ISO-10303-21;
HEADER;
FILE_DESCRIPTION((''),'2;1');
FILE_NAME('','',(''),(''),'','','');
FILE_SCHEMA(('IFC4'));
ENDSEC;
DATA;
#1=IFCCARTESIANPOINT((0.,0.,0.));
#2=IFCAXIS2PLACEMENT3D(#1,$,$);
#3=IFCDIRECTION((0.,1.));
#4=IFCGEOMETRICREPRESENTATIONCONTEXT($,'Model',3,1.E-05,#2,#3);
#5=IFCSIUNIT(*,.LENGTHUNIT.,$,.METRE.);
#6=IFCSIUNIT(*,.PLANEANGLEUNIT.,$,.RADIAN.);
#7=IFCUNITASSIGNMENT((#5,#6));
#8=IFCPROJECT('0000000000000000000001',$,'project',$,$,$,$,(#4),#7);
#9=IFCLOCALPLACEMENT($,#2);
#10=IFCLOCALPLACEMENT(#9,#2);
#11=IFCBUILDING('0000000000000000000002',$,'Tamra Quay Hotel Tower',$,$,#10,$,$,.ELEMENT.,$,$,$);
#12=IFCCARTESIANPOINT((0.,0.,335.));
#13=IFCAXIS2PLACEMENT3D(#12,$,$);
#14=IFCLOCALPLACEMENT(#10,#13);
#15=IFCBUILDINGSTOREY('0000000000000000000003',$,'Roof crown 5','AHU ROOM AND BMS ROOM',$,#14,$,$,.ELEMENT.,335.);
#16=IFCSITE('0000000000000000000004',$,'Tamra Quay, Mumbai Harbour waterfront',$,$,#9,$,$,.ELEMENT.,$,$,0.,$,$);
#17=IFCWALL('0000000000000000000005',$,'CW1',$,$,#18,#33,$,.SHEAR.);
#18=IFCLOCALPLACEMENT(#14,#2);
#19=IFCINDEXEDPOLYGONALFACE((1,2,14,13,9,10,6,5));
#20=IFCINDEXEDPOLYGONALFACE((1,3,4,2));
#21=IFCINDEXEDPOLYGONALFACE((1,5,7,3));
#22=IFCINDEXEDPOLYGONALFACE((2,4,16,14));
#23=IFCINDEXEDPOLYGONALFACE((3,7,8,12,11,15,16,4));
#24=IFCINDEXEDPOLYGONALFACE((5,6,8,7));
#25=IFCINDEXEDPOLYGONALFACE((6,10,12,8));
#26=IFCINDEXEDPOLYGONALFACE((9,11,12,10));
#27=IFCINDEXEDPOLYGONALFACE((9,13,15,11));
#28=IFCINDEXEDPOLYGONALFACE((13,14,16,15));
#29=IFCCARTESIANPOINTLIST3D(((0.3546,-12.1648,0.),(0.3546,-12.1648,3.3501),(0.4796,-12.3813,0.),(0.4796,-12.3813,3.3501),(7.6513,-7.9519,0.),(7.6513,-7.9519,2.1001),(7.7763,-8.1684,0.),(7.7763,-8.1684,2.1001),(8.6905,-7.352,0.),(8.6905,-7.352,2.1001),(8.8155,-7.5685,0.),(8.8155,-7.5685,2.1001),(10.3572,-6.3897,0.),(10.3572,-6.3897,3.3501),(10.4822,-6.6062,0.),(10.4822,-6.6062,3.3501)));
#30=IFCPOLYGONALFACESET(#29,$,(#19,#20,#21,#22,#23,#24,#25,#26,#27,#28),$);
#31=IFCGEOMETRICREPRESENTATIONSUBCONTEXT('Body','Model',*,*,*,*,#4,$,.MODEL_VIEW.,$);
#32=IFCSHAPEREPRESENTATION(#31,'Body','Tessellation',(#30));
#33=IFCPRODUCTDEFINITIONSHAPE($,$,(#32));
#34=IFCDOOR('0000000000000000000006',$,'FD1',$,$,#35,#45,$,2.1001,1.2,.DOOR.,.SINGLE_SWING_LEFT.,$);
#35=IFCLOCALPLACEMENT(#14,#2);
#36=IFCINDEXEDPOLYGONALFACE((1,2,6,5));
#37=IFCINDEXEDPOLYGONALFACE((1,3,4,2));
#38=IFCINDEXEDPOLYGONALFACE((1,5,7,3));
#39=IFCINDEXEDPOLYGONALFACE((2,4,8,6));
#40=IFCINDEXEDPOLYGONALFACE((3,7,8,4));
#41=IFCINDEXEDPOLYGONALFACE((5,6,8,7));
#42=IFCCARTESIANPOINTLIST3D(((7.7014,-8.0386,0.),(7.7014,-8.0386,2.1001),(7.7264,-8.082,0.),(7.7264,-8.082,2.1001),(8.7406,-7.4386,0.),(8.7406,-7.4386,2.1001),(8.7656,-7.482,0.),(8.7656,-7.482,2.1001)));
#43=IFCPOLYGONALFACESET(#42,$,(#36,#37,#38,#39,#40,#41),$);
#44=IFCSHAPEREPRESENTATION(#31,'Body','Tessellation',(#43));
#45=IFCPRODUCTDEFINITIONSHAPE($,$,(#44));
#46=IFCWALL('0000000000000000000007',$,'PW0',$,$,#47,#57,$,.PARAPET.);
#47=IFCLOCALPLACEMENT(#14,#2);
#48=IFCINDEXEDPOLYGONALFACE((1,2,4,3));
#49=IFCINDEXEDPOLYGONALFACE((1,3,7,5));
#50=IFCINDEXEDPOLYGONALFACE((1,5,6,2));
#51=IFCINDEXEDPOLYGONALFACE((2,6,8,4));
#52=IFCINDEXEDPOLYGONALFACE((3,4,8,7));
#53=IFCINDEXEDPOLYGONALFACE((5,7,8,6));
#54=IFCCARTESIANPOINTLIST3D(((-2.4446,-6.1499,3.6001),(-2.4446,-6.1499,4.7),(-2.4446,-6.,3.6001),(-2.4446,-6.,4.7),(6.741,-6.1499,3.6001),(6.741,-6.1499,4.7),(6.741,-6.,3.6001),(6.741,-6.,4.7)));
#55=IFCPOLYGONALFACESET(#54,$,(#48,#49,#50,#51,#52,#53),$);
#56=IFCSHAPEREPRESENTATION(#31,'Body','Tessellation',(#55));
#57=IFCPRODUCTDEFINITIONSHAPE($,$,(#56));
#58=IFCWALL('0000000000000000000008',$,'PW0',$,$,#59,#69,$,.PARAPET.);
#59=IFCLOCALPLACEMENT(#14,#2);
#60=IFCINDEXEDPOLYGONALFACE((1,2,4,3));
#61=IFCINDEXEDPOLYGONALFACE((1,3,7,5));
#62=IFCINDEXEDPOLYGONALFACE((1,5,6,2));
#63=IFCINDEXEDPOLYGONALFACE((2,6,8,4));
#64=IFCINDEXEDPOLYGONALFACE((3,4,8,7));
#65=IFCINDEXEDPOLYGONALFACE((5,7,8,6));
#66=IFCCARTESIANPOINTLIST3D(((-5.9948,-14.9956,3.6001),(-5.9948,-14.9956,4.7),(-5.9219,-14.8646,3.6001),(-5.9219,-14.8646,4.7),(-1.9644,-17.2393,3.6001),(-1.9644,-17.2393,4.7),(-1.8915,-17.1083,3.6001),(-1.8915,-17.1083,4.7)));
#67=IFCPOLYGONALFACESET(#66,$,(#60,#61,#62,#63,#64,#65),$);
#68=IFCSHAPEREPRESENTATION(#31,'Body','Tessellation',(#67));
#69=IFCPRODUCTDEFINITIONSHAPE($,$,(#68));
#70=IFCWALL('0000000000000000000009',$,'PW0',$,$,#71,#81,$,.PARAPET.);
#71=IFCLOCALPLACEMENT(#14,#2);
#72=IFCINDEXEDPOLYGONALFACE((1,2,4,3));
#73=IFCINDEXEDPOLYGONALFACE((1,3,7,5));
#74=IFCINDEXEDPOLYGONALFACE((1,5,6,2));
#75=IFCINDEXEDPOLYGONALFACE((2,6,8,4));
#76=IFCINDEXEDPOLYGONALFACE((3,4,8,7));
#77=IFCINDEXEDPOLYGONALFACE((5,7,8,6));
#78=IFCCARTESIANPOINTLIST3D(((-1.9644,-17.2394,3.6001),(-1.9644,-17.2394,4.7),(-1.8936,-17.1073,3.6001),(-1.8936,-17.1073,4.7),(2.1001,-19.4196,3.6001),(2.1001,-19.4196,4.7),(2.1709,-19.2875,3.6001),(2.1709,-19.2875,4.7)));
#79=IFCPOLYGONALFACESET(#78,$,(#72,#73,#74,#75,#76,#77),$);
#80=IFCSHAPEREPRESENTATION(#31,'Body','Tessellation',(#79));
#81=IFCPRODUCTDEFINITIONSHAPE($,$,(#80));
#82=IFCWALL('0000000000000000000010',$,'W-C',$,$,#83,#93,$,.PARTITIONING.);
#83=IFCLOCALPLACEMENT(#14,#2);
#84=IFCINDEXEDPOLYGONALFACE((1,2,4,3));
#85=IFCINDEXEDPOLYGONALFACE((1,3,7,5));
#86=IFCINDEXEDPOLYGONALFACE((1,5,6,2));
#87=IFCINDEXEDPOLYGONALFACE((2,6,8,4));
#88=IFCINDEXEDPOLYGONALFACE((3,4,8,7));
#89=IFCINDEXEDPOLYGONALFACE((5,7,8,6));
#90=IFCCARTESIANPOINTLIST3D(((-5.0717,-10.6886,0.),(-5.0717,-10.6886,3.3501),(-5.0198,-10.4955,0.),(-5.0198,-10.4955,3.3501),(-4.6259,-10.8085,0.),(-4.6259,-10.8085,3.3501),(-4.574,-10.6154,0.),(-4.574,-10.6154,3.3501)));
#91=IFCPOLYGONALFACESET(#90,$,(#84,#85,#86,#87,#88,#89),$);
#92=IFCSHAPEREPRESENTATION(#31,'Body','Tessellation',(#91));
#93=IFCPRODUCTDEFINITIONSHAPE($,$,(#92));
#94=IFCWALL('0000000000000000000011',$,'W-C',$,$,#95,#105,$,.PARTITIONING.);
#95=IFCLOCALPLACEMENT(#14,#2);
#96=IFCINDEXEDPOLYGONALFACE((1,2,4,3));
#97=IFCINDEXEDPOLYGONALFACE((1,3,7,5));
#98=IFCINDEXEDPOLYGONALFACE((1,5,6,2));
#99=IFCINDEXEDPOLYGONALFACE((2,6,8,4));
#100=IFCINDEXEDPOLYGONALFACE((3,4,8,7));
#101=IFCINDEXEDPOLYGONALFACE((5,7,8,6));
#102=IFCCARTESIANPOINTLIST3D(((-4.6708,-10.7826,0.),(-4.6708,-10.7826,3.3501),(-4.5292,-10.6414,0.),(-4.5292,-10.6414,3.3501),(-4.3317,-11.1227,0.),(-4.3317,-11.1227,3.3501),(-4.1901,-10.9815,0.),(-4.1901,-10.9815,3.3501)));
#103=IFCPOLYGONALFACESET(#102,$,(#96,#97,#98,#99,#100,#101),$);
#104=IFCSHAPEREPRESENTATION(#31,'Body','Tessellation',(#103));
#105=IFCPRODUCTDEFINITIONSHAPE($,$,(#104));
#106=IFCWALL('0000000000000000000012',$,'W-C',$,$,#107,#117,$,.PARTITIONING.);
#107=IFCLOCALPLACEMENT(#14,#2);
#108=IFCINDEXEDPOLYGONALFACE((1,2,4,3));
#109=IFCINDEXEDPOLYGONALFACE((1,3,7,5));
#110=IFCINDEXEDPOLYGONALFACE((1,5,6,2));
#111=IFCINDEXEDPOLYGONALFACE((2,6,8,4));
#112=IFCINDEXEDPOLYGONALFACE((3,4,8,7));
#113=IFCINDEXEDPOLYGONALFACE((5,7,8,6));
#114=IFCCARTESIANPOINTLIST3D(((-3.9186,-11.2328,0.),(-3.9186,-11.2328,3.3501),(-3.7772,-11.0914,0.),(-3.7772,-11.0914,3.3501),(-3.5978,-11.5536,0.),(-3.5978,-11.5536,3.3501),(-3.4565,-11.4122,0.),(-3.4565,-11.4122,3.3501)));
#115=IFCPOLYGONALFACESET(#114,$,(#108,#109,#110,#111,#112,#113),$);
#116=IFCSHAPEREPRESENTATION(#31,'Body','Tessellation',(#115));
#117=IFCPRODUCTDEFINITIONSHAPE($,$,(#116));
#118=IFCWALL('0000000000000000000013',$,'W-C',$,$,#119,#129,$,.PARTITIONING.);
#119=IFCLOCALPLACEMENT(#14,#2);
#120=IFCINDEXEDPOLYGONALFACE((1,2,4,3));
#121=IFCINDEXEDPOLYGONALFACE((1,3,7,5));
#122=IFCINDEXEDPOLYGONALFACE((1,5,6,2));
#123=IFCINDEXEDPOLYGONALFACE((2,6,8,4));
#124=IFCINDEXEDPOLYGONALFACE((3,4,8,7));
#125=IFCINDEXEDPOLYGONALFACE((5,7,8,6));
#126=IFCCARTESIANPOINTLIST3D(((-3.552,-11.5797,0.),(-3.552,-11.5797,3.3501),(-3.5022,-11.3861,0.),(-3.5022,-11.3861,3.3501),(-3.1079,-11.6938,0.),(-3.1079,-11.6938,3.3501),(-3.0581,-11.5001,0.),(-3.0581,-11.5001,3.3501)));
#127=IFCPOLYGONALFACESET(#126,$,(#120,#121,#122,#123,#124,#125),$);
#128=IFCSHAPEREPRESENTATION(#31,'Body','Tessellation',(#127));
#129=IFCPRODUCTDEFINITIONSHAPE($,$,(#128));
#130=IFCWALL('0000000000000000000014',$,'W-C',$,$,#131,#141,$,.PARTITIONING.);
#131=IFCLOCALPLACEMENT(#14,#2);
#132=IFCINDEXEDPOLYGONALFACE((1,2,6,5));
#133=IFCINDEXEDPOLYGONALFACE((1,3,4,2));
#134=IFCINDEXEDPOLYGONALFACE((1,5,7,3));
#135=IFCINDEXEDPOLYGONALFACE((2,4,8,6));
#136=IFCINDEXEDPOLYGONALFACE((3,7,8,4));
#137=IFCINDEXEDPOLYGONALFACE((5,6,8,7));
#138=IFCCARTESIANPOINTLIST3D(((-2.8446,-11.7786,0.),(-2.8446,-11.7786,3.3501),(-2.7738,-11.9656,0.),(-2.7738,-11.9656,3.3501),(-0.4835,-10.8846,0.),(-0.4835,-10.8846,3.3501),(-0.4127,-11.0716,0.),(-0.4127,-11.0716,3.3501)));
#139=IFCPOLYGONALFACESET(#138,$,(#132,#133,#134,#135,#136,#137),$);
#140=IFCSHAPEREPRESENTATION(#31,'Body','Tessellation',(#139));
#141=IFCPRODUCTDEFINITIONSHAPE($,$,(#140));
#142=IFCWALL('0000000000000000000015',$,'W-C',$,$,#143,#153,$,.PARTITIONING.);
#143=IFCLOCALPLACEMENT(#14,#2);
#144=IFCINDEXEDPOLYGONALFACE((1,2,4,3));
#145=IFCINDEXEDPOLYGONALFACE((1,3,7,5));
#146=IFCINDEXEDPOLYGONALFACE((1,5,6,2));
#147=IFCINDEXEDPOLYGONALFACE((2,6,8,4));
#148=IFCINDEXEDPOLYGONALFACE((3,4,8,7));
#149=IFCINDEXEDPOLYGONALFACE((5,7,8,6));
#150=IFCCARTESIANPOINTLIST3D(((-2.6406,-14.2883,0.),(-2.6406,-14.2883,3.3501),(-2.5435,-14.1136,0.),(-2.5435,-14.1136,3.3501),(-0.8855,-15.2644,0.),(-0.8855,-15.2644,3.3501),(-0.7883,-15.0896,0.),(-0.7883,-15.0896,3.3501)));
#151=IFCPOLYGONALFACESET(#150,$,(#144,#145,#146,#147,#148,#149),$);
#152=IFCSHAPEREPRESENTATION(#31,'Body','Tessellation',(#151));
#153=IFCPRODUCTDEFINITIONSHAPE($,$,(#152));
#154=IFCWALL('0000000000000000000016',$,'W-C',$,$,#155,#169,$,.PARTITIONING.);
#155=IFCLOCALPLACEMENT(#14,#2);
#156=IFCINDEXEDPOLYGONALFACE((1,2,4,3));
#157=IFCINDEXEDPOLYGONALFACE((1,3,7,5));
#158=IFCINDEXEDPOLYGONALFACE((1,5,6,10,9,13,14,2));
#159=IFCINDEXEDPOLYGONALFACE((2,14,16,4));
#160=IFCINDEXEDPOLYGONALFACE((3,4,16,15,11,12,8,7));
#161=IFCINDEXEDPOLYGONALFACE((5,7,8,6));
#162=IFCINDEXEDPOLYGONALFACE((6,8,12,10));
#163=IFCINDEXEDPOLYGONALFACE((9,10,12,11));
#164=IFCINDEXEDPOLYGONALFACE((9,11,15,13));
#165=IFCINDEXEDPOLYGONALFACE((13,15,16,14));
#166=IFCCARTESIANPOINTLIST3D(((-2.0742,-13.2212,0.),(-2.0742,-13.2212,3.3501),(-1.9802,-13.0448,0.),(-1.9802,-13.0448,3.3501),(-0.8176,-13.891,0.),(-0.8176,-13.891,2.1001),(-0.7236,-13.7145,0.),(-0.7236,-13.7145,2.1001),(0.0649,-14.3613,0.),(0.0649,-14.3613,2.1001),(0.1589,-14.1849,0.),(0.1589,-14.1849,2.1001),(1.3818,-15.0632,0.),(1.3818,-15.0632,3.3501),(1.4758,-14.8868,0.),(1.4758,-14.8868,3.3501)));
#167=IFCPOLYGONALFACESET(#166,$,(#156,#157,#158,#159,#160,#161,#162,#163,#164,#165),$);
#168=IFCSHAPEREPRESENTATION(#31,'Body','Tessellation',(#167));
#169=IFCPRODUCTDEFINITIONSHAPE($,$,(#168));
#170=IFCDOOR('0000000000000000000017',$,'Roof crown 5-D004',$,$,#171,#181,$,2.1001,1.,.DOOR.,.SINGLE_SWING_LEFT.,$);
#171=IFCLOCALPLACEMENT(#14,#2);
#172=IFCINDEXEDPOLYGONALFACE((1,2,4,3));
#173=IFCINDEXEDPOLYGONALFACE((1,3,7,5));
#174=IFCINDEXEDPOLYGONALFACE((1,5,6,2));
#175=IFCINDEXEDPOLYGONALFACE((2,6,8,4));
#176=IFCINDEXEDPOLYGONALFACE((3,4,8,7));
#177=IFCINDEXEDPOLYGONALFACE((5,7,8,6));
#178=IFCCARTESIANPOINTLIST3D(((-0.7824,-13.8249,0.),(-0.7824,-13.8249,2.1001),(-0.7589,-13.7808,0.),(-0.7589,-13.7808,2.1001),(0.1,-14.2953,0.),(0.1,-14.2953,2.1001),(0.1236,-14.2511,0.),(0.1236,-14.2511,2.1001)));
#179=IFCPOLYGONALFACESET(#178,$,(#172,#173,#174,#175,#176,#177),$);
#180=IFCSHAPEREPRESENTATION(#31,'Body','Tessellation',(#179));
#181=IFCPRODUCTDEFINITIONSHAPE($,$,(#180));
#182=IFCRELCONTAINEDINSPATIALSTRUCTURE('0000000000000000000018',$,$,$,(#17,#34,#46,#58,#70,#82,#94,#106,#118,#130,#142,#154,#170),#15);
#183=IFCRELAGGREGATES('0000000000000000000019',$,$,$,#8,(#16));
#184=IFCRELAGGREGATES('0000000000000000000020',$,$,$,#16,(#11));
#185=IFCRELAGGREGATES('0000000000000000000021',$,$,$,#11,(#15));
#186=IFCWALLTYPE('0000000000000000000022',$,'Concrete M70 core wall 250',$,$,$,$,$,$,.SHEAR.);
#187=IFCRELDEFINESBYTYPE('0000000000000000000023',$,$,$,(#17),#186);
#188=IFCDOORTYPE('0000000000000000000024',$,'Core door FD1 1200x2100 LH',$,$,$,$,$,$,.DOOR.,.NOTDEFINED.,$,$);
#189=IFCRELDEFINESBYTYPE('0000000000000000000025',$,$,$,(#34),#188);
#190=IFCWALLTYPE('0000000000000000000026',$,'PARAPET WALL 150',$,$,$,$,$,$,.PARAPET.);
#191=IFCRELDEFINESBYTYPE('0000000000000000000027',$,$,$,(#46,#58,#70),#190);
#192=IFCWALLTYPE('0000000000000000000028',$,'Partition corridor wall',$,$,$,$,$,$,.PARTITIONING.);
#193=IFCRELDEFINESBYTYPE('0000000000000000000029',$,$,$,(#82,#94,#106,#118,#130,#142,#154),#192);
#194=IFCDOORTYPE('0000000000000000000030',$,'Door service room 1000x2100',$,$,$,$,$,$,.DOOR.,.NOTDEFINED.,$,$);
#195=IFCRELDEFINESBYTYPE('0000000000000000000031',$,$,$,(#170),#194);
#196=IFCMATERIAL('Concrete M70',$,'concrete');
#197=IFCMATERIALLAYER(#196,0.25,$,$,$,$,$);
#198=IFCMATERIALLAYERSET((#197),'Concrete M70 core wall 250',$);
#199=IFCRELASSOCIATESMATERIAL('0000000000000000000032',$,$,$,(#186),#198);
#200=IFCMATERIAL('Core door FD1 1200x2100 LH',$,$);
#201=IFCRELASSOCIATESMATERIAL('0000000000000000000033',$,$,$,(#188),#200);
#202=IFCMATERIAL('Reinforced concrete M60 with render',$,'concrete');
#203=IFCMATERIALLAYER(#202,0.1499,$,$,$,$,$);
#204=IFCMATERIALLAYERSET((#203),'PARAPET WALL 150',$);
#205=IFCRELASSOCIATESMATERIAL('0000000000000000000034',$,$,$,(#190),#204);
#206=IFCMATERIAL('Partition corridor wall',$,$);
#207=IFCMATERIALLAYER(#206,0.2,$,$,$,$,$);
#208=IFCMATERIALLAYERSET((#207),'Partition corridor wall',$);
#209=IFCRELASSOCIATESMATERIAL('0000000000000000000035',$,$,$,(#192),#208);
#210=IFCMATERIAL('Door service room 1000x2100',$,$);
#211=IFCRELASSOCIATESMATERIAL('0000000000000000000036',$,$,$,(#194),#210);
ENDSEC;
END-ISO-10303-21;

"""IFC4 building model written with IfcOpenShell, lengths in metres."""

from ifc_helpers import new_model, si_unit, direction, frame, frame_2d, origin, place, context, subcontext, project, spatial, rectangle, extrude, material, layer, layer_set, type_object, element, fill, save


model = new_model("IFC4")

# Units and contexts
model_context = context("Model", 3, precision=1e-05, world=origin(), true_north=direction((0.0, 1.0)))
body_context = subcontext(model_context, "Body", "Model", "MODEL_VIEW")
ifc_project = project(units=[si_unit("LENGTHUNIT", "METRE"), si_unit("PLANEANGLEUNIT", "RADIAN")], contexts=[model_context])

# Site, building, storey
site_placement = place(None, origin())
site = spatial("IfcSite", under=ifc_project, at=site_placement, Name="Tamra Quay, Mumbai Harbour waterfront", CompositionType="ELEMENT", RefElevation=0.0)
building_placement = place(site_placement, origin())
building = spatial("IfcBuilding", under=site, at=building_placement, Name="Tamra Quay Hotel Tower", CompositionType="ELEMENT")
storey_placement = place(building_placement, frame((0.0, 0.0, 335.0)))
storey = spatial("IfcBuildingStorey", under=building, at=storey_placement, Name="Roof crown 5", Description="AHU ROOM AND BMS ROOM", CompositionType="ELEMENT", Elevation=335.0)

# Wall, opening, door
ifc_material_1 = material(Name="Concrete M70", Category="concrete")
ifc_layer_1 = layer(ifc_material_1, 0.25)
ifc_layer_set_1 = layer_set([ifc_layer_1], Name="Concrete M70 core wall 250")
wall_type_1 = type_object("IfcWallType", Name="Concrete M70 core wall 250", PredefinedType="SHEAR", material=ifc_layer_set_1)
wall_1_placement = place(storey_placement, frame((0.4172, -12.2729, 0.0), z_axis=(0.0, 0.0, 1.0), x_axis=(0.866022, 0.500006, 0.0)))
wall_1 = element("IfcWall", 1, at=wall_1_placement, inside=storey, type_object=wall_type_1, Name="CW1", PredefinedType="SHEAR", context=body_context, shape_type="SweptSolid", body=[
    extrude(rectangle(XDim=11.55, YDim=0.25, at=frame_2d((5.7749, 0.0))), origin(), (0.0, 0.0, 1.0), 3.3501),
])
opening_1_placement = place(wall_1_placement, frame((8.4253, 0.0, 0.0)))
opening_1 = element("IfcOpeningElement", 2, at=opening_1_placement, cuts=wall_1, PredefinedType="OPENING", context=body_context, shape_type="SweptSolid", body=[
    extrude(rectangle(XDim=1.2, YDim=2.1001, at=frame_2d((0.6001, 1.05))), frame((0.0, 0.135, 0.0), z_axis=(0.0, -1.0, 0.0), x_axis=(1.0, 0.0, 0.0)), (0.0, 0.0, 1.0), 0.27),
])
ifc_material_2 = material(Name="Core door FD1 1200x2100 LH")
door_type_1 = type_object("IfcDoorType", Name="Core door FD1 1200x2100 LH", OperationType="NOTDEFINED", PredefinedType="DOOR", material=ifc_material_2)
door_1_placement = place(opening_1_placement, origin())
door_1 = element("IfcDoor", 3, at=door_1_placement, inside=storey, type_object=door_type_1, Name="FD1", OperationType="SINGLE_SWING_LEFT", OverallHeight=2.1001, OverallWidth=1.2, PredefinedType="DOOR", context=body_context, shape_type="SweptSolid", body=[
    extrude(rectangle(XDim=1.2, YDim=2.1001, at=frame_2d((0.6001, 1.05))), frame((0.0, 0.0249, 0.0), z_axis=(0.0, -1.0, 0.0), x_axis=(1.0, 0.0, 0.0)), (0.0, 0.0, 1.0), 0.05),
])
fill(opening_1, door_1)

# Walls
ifc_material_3 = material(Name="Reinforced concrete M60 with render", Category="concrete")
ifc_layer_2 = layer(ifc_material_3, 0.1499)
ifc_layer_set_2 = layer_set([ifc_layer_2], Name="PARAPET WALL 150")
wall_type_2 = type_object("IfcWallType", Name="PARAPET WALL 150", PredefinedType="PARAPET", material=ifc_layer_set_2)
wall_2_placement = place(storey_placement, frame((-2.4446, -6.075, 3.6001), z_axis=(0.0, 0.0, 1.0), x_axis=(1.0, 0.0, 0.0)))
element("IfcWall", 4, at=wall_2_placement, inside=storey, type_object=wall_type_2, Name="PW0", PredefinedType="PARAPET", context=body_context, shape_type="SweptSolid", body=[
    extrude(rectangle(XDim=9.1855, YDim=0.1499, at=frame_2d((4.5928, 0.0))), origin(), (0.0, 0.0, 1.0), 1.0999),
])
wall_3_placement = place(storey_placement, frame((-1.928, -17.1738, 3.6001), z_axis=(0.0, 0.0, 1.0), x_axis=(-0.873733, 0.486407, 0.0)))
element("IfcWall", 5, at=wall_3_placement, inside=storey, type_object=wall_type_2, Name="PW0", PredefinedType="PARAPET", context=body_context, shape_type="SweptSolid", body=[
    extrude(rectangle(XDim=4.6128, YDim=0.1499, at=frame_2d((2.3064, 0.0))), origin(), (0.0, 0.0, 1.0), 1.0999),
])
wall_4_placement = place(storey_placement, frame((2.1355, -19.3535, 3.6001), z_axis=(0.0, 0.0, 1.0), x_axis=(-0.881228, 0.472691, 0.0)))
element("IfcWall", 6, at=wall_4_placement, inside=storey, type_object=wall_type_2, Name="PW0", PredefinedType="PARAPET", context=body_context, shape_type="SweptSolid", body=[
    extrude(rectangle(XDim=4.6123, YDim=0.1499, at=frame_2d((2.3062, 0.0))), origin(), (0.0, 0.0, 1.0), 1.0999),
])
ifc_material_4 = material(Name="Partition corridor wall")
ifc_layer_3 = layer(ifc_material_4, 0.2)
ifc_layer_set_3 = layer_set([ifc_layer_3], Name="Partition corridor wall")
wall_type_3 = type_object("IfcWallType", Name="Partition corridor wall", PredefinedType="PARTITIONING", material=ifc_layer_set_3)
wall_5_placement = place(storey_placement, frame((-5.0459, -10.592, 0.0), z_axis=(0.0, 0.0, 1.0), x_axis=(0.965697, -0.25967, 0.0)))
element("IfcWall", 7, at=wall_5_placement, inside=storey, type_object=wall_type_3, Name="W-C", PredefinedType="PARTITIONING", context=body_context, shape_type="SweptSolid", body=[
    extrude(rectangle(XDim=0.4617, YDim=0.2, at=frame_2d((0.231, 0.0))), origin(), (0.0, 0.0, 1.0), 3.3501),
])
wall_6_placement = place(storey_placement, frame((-4.6001, -10.7119, 0.0), z_axis=(0.0, 0.0, 1.0), x_axis=(0.706089, -0.708123, 0.0)))
element("IfcWall", 8, at=wall_6_placement, inside=storey, type_object=wall_type_3, Name="W-C", PredefinedType="PARTITIONING", context=body_context, shape_type="SweptSolid", body=[
    extrude(rectangle(XDim=0.4802, YDim=0.2, at=frame_2d((0.2402, 0.0))), origin(), (0.0, 0.0, 1.0), 3.3501),
])
wall_7_placement = place(storey_placement, frame((-3.8479, -11.1621, 0.0), z_axis=(0.0, 0.0, 1.0), x_axis=(0.707107, -0.707107, 0.0)))
element("IfcWall", 9, at=wall_7_placement, inside=storey, type_object=wall_type_3, Name="W-C", PredefinedType="PARTITIONING", context=body_context, shape_type="SweptSolid", body=[
    extrude(rectangle(XDim=0.4536, YDim=0.2, at=frame_2d((0.2268, 0.0))), origin(), (0.0, 0.0, 1.0), 3.3501),
])
wall_8_placement = place(storey_placement, frame((-3.5271, -11.4829, 0.0), z_axis=(0.0, 0.0, 1.0), x_axis=(0.968588, -0.24867, 0.0)))
element("IfcWall", 10, at=wall_8_placement, inside=storey, type_object=wall_type_3, Name="W-C", PredefinedType="PARTITIONING", context=body_context, shape_type="SweptSolid", body=[
    extrude(rectangle(XDim=0.4585, YDim=0.2, at=frame_2d((0.2292, 0.0))), origin(), (0.0, 0.0, 1.0), 3.3501),
])
wall_9_placement = place(storey_placement, frame((-2.8091, -11.8721, 0.0), z_axis=(0.0, 0.0, 1.0), x_axis=(0.9352, 0.354121, 0.0)))
element("IfcWall", 11, at=wall_9_placement, inside=storey, type_object=wall_type_3, Name="W-C", PredefinedType="PARTITIONING", context=body_context, shape_type="SweptSolid", body=[
    extrude(rectangle(XDim=2.5247, YDim=0.2, at=frame_2d((1.2622, 0.0))), origin(), (0.0, 0.0, 1.0), 3.3501),
])
wall_10_placement = place(storey_placement, frame((-2.592, -14.2009, 0.0), z_axis=(0.0, 0.0, 1.0), x_axis=(0.873945, -0.486025, 0.0)))
element("IfcWall", 12, at=wall_10_placement, inside=storey, type_object=wall_type_3, Name="W-C", PredefinedType="PARTITIONING", context=body_context, shape_type="SweptSolid", body=[
    extrude(rectangle(XDim=2.0083, YDim=0.2, at=frame_2d((1.0042, 0.0))), origin(), (0.0, 0.0, 1.0), 3.3501),
])

# Wall, opening, door
wall_11_placement = place(storey_placement, frame((-2.0271, -13.1331, 0.0), z_axis=(0.0, 0.0, 1.0), x_axis=(0.882479, -0.470352, 0.0)))
wall_11 = element("IfcWall", 13, at=wall_11_placement, inside=storey, type_object=wall_type_3, Name="W-C", PredefinedType="PARTITIONING", context=body_context, shape_type="SweptSolid", body=[
    extrude(rectangle(XDim=3.9163, YDim=0.2, at=frame_2d((1.958, 0.0))), origin(), (0.0, 0.0, 1.0), 3.3501),
])
opening_2_placement = place(wall_11_placement, frame((1.4238, 0.0, 0.0)))
opening_2 = element("IfcOpeningElement", 14, at=opening_2_placement, cuts=wall_11, PredefinedType="OPENING", context=body_context, shape_type="SweptSolid", body=[
    extrude(rectangle(XDim=1.0, YDim=2.1001, at=frame_2d((0.5, 1.05))), frame((0.0, 0.1099, 0.0), z_axis=(0.0, -1.0, 0.0), x_axis=(1.0, 0.0, 0.0)), (0.0, 0.0, 1.0), 0.22),
])
ifc_material_5 = material(Name="Door service room 1000x2100")
door_type_2 = type_object("IfcDoorType", Name="Door service room 1000x2100", OperationType="NOTDEFINED", PredefinedType="DOOR", material=ifc_material_5)
door_2_placement = place(opening_2_placement, origin())
door_2 = element("IfcDoor", 15, at=door_2_placement, inside=storey, type_object=door_type_2, Name="Roof crown 5-D004", OperationType="SINGLE_SWING_LEFT", OverallHeight=2.1001, OverallWidth=1.0, PredefinedType="DOOR", context=body_context, shape_type="SweptSolid", body=[
    extrude(rectangle(XDim=1.0, YDim=2.1001, at=frame_2d((0.5, 1.05))), frame((0.0, 0.0249, 0.0), z_axis=(0.0, -1.0, 0.0), x_axis=(1.0, 0.0, 0.0)), (0.0, 0.0, 1.0), 0.05),
])
fill(opening_2, door_2)

save(model, "model.ifc")
